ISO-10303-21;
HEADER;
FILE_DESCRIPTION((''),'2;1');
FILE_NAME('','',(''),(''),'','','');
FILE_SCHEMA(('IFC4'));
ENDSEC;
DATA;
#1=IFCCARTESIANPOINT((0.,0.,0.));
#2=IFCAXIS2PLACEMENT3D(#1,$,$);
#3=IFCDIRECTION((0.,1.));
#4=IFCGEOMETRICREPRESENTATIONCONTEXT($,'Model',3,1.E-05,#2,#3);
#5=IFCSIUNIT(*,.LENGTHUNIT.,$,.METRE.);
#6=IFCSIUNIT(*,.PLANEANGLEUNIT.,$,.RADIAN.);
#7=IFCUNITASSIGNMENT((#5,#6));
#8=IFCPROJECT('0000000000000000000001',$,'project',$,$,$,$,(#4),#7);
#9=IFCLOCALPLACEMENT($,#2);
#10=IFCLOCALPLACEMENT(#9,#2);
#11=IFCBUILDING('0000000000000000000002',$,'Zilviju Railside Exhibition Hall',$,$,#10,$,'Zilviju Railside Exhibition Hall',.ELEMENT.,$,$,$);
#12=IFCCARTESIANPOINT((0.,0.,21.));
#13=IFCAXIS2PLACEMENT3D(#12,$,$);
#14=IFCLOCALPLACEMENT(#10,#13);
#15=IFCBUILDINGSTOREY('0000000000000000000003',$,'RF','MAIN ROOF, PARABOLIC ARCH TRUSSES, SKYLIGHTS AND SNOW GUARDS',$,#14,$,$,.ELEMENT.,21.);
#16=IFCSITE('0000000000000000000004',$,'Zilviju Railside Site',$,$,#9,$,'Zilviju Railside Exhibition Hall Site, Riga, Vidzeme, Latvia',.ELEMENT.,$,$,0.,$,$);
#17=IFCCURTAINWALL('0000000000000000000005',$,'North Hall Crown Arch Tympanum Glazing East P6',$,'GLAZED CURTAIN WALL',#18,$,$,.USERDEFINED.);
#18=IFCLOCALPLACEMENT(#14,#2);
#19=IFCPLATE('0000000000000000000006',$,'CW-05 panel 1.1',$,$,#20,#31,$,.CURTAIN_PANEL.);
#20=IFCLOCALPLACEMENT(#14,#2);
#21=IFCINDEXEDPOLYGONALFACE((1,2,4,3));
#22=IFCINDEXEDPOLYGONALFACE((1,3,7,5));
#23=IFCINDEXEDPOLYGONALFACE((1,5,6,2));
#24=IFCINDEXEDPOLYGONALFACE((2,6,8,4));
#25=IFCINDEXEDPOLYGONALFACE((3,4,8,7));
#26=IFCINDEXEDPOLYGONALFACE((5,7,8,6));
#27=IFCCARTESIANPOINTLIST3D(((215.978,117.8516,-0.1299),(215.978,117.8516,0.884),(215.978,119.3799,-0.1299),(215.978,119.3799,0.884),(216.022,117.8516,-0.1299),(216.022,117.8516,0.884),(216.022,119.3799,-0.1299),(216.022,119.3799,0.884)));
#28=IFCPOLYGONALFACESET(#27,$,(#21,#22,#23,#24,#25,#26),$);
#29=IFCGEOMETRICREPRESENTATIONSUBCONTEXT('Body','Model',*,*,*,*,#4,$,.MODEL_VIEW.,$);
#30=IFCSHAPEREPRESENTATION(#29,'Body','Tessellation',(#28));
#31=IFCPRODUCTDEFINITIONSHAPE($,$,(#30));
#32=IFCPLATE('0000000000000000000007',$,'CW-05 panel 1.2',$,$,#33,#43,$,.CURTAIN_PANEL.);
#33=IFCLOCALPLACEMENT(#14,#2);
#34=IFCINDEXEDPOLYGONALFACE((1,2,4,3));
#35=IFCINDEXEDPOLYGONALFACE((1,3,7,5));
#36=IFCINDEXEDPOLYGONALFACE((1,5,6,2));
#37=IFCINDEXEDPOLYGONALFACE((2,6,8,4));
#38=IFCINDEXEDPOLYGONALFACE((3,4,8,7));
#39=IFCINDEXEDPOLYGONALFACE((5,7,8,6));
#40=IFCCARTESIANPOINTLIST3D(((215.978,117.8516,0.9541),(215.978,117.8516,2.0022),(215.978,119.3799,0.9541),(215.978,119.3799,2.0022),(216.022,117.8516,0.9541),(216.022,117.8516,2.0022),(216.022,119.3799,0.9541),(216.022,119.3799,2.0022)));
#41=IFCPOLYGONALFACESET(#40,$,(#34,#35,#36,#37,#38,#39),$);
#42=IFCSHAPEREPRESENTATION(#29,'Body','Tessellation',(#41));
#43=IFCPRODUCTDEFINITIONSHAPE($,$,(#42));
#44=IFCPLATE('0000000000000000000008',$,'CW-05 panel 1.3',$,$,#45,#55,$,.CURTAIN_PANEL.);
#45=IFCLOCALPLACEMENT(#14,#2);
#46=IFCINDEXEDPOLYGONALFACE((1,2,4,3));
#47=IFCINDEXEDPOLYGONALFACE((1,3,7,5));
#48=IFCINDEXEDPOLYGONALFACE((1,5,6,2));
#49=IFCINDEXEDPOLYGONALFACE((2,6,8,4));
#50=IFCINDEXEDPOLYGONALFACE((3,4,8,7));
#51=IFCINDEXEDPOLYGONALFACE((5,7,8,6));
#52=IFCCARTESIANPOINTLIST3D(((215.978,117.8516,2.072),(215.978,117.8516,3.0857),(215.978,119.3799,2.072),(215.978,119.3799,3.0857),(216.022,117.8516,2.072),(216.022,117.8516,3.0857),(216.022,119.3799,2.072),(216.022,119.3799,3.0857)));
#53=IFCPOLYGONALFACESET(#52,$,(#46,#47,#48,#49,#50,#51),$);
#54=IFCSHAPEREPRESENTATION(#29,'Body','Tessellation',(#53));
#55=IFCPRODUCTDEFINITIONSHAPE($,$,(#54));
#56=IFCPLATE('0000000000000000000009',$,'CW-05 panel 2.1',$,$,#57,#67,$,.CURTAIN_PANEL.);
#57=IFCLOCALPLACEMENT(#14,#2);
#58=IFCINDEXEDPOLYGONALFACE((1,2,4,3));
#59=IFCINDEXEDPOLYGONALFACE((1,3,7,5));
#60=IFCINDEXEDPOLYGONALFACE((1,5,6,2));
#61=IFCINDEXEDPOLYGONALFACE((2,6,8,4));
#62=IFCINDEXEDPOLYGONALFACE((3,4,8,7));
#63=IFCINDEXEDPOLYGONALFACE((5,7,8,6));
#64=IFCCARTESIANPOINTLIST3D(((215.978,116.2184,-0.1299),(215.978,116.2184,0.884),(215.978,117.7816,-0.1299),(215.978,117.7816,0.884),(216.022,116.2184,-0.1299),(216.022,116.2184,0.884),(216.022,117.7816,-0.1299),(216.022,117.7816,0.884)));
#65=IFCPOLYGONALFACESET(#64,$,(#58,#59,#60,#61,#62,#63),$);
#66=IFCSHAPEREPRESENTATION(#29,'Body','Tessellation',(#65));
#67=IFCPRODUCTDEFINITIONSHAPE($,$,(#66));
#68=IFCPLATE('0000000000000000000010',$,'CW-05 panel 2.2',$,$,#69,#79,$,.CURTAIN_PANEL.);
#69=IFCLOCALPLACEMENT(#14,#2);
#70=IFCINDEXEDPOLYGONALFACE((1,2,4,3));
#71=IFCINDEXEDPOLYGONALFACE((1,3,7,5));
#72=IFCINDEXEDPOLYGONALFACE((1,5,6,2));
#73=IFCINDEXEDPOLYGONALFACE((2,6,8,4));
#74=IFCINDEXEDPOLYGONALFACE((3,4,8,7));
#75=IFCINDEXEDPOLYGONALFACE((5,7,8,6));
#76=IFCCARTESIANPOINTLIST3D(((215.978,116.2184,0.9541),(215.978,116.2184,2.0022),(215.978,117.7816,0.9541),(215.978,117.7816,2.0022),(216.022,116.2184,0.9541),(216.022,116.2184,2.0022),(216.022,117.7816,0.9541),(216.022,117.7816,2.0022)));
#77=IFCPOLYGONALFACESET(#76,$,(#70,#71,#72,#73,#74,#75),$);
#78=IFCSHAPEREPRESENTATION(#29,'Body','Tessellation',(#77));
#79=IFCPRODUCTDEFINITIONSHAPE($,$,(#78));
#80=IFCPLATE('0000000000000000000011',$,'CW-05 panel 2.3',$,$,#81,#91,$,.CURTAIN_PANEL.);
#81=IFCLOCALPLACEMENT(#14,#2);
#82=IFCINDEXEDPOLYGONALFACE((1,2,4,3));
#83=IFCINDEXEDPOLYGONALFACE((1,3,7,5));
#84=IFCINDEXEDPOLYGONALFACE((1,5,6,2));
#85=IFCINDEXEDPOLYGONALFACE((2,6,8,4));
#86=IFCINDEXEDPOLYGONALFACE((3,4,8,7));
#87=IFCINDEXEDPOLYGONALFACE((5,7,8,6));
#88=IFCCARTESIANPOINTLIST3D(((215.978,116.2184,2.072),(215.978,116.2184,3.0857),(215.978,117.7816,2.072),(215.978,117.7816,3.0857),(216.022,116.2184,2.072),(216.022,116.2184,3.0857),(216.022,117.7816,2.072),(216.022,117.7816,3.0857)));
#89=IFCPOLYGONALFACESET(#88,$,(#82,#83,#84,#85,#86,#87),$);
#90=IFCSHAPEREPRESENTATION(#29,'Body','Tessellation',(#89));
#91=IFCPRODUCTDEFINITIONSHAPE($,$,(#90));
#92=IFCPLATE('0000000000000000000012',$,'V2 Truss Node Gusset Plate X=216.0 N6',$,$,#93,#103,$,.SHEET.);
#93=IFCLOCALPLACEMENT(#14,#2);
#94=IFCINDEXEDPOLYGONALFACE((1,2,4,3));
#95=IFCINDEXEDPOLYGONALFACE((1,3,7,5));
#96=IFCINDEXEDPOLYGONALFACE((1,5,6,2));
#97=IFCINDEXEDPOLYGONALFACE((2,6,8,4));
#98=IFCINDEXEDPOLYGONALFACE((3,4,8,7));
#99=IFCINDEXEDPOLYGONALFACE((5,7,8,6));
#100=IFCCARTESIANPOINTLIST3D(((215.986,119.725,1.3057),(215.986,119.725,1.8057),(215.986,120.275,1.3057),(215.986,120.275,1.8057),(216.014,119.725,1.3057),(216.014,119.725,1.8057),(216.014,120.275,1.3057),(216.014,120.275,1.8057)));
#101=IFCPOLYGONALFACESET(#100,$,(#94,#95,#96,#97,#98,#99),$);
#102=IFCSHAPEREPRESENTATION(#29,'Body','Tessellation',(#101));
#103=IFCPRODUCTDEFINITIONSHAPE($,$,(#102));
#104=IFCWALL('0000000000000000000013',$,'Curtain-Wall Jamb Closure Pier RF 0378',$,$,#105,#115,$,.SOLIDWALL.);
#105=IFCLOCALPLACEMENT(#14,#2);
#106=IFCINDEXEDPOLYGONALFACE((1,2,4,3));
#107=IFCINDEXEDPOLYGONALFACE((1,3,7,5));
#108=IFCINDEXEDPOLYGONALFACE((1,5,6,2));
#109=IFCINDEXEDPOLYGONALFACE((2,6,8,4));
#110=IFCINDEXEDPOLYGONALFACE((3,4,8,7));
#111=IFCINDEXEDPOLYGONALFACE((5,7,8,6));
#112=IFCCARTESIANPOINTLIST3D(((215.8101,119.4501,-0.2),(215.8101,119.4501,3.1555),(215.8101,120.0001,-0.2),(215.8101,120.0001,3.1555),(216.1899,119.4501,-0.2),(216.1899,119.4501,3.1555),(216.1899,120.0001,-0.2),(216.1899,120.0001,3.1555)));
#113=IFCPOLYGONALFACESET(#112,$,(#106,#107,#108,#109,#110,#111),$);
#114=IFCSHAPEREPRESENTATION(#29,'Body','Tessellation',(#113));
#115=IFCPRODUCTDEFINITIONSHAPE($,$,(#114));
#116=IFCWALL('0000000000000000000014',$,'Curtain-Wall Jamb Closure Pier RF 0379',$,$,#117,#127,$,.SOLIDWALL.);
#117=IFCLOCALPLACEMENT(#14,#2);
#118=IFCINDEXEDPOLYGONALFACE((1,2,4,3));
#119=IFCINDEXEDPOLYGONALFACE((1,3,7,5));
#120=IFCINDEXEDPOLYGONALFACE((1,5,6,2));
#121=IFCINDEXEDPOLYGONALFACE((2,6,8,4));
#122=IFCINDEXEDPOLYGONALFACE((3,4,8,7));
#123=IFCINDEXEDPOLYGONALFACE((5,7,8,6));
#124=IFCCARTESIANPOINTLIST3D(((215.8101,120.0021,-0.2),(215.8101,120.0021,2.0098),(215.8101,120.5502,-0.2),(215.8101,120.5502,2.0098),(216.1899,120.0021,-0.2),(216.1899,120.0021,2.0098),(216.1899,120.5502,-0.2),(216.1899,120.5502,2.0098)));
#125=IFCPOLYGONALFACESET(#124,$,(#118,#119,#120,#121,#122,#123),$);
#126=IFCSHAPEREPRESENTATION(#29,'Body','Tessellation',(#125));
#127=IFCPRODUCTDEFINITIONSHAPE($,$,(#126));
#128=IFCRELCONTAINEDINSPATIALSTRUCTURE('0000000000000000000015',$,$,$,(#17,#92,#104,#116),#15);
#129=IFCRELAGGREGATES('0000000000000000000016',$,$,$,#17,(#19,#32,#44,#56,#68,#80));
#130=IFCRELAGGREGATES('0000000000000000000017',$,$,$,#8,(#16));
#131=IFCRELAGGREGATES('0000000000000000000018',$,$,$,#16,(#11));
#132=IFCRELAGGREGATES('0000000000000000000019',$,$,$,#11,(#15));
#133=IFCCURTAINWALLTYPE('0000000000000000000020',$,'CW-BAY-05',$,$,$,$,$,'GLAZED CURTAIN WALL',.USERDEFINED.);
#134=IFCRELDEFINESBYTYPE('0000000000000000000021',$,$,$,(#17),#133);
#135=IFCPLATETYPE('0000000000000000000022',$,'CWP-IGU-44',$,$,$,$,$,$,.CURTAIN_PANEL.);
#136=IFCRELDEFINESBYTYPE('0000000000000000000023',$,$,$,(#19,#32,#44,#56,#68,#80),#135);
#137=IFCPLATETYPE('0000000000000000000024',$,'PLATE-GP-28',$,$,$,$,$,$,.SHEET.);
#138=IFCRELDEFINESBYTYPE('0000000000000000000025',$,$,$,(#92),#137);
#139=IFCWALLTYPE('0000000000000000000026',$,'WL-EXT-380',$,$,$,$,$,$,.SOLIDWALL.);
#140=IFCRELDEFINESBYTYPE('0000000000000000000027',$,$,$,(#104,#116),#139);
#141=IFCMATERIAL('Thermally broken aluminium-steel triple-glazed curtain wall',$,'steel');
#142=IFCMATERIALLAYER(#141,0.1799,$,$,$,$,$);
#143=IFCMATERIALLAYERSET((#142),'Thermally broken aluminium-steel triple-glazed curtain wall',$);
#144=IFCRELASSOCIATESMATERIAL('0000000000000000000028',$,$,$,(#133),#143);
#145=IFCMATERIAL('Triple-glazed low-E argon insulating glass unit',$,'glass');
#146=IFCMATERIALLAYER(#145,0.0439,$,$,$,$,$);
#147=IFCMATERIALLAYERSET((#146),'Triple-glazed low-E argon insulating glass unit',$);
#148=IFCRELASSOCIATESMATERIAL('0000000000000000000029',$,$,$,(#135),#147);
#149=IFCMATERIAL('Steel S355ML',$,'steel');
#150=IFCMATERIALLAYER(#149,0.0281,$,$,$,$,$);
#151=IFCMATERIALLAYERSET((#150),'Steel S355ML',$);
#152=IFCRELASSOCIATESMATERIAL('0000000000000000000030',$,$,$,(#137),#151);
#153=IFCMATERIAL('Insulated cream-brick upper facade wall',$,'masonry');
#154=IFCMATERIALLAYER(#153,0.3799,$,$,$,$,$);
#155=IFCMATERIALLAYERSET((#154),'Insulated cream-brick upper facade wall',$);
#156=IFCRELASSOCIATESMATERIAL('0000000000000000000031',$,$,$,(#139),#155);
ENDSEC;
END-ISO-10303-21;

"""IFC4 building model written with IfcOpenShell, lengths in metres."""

from ifc_helpers import new_model, si_unit, direction, frame, frame_2d, origin, origin_2d, place, context, subcontext, project, spatial, rectangle, extrude, material, layer, layer_set, type_object, element, aggregate, save


model = new_model("IFC4")

# Units and contexts
model_context = context("Model", 3, precision=1e-05, world=origin(), true_north=direction((0.0, 1.0)))
body_context = subcontext(model_context, "Body", "Model", "MODEL_VIEW")
ifc_project = project(units=[si_unit("LENGTHUNIT", "METRE"), si_unit("PLANEANGLEUNIT", "RADIAN")], contexts=[model_context])

# Site, building, storey
site_placement = place(None, origin())
site = spatial("IfcSite", under=ifc_project, at=site_placement, Name="Zilviju Railside Site", LongName="Zilviju Railside Exhibition Hall Site, Riga, Vidzeme, Latvia", CompositionType="ELEMENT", RefElevation=0.0)
building_placement = place(site_placement, origin())
building = spatial("IfcBuilding", under=site, at=building_placement, Name="Zilviju Railside Exhibition Hall", LongName="Zilviju Railside Exhibition Hall", CompositionType="ELEMENT")
storey_placement = place(building_placement, frame((0.0, 0.0, 21.0)))
storey = spatial("IfcBuildingStorey", under=building, at=storey_placement, Name="RF", Description="MAIN ROOF, PARABOLIC ARCH TRUSSES, SKYLIGHTS AND SNOW GUARDS", CompositionType="ELEMENT", Elevation=21.0)

# Curtain wall
ifc_material_1 = material(Name="Thermally broken aluminium-steel triple-glazed curtain wall", Category="steel")
ifc_layer_1 = layer(ifc_material_1, 0.1799)
ifc_layer_set_1 = layer_set([ifc_layer_1], Name="Thermally broken aluminium-steel triple-glazed curtain wall")
curtain_wall_type = type_object("IfcCurtainWallType", Name="CW-BAY-05", ElementType="GLAZED CURTAIN WALL", PredefinedType="USERDEFINED", material=ifc_layer_set_1)
curtain_wall_placement = place(storey_placement, origin())
curtain_wall = element("IfcCurtainWall", 1, at=curtain_wall_placement, inside=storey, type_object=curtain_wall_type, Name="North Hall Crown Arch Tympanum Glazing East P6", ObjectType="GLAZED CURTAIN WALL", PredefinedType="USERDEFINED")

# Shared definitions
ifc_material_2 = material(Name="Steel S355ML", Category="steel")

# Plates
ifc_material_3 = material(Name="Triple-glazed low-E argon insulating glass unit", Category="glass")
ifc_layer_2 = layer(ifc_material_3, 0.0439)
ifc_layer_set_2 = layer_set([ifc_layer_2], Name="Triple-glazed low-E argon insulating glass unit")
plate_type_1 = type_object("IfcPlateType", Name="CWP-IGU-44", PredefinedType="CURTAIN_PANEL", material=ifc_layer_set_2)
plate_1_placement = place(storey_placement, frame((216.0, 118.6157, -0.1299), z_axis=(0.0, 0.0, 1.0), x_axis=(0.0, -1.0, 0.0)))
plate_1 = element("IfcPlate", 2, at=plate_1_placement, type_object=plate_type_1, Name="CW-05 panel 1.1", PredefinedType="CURTAIN_PANEL", context=body_context, shape_type="SweptSolid", body=[
    extrude(rectangle(XDim=1.5283, YDim=0.0439, at=origin_2d()), origin(), (0.0, 0.0, 1.0), 1.0139),
])
plate_2_placement = place(storey_placement, frame((216.0, 118.6157, 0.9541), z_axis=(0.0, 0.0, 1.0), x_axis=(0.0, -1.0, 0.0)))
plate_2 = element("IfcPlate", 3, at=plate_2_placement, type_object=plate_type_1, Name="CW-05 panel 1.2", PredefinedType="CURTAIN_PANEL", context=body_context, shape_type="SweptSolid", body=[
    extrude(rectangle(XDim=1.5283, YDim=0.0439, at=origin_2d()), origin(), (0.0, 0.0, 1.0), 1.0481),
])
plate_3_placement = place(storey_placement, frame((216.0, 118.6157, 2.072), z_axis=(0.0, 0.0, 1.0), x_axis=(0.0, -1.0, 0.0)))
plate_3 = element("IfcPlate", 4, at=plate_3_placement, type_object=plate_type_1, Name="CW-05 panel 1.3", PredefinedType="CURTAIN_PANEL", context=body_context, shape_type="SweptSolid", body=[
    extrude(rectangle(XDim=1.5283, YDim=0.0439, at=origin_2d()), origin(), (0.0, 0.0, 1.0), 1.0137),
])
plate_4_placement = place(storey_placement, frame((216.0, 117.0, -0.1299), z_axis=(0.0, 0.0, 1.0), x_axis=(0.0, -1.0, 0.0)))
plate_4 = element("IfcPlate", 5, at=plate_4_placement, type_object=plate_type_1, Name="CW-05 panel 2.1", PredefinedType="CURTAIN_PANEL", context=body_context, shape_type="SweptSolid", body=[
    extrude(rectangle(XDim=1.5632, YDim=0.0439, at=origin_2d()), origin(), (0.0, 0.0, 1.0), 1.0139),
])
plate_5_placement = place(storey_placement, frame((216.0, 117.0, 0.9541), z_axis=(0.0, 0.0, 1.0), x_axis=(0.0, -1.0, 0.0)))
plate_5 = element("IfcPlate", 6, at=plate_5_placement, type_object=plate_type_1, Name="CW-05 panel 2.2", PredefinedType="CURTAIN_PANEL", context=body_context, shape_type="SweptSolid", body=[
    extrude(rectangle(XDim=1.5632, YDim=0.0439, at=origin_2d()), origin(), (0.0, 0.0, 1.0), 1.0481),
])
plate_6_placement = place(storey_placement, frame((216.0, 117.0, 2.072), z_axis=(0.0, 0.0, 1.0), x_axis=(0.0, -1.0, 0.0)))
plate_6 = element("IfcPlate", 7, at=plate_6_placement, type_object=plate_type_1, Name="CW-05 panel 2.3", PredefinedType="CURTAIN_PANEL", context=body_context, shape_type="SweptSolid", body=[
    extrude(rectangle(XDim=1.5632, YDim=0.0439, at=origin_2d()), origin(), (0.0, 0.0, 1.0), 1.0137),
])
aggregate(curtain_wall, [plate_1, plate_2, plate_3, plate_4, plate_5, plate_6])
ifc_layer_3 = layer(ifc_material_2, 0.0281)
ifc_layer_set_3 = layer_set([ifc_layer_3], Name="Steel S355ML")
plate_type_2 = type_object("IfcPlateType", Name="PLATE-GP-28", PredefinedType="SHEET", material=ifc_layer_set_3)
plate_7_placement = place(storey_placement, frame((216.0, 120.0, 1.3057), z_axis=(0.0, 0.0, 1.0), x_axis=(1.0, 0.0, 0.0)))
element("IfcPlate", 8, at=plate_7_placement, inside=storey, type_object=plate_type_2, Name="V2 Truss Node Gusset Plate X=216.0 N6", PredefinedType="SHEET", context=body_context, shape_type="SweptSolid", body=[
    extrude(rectangle(XDim=0.0281, YDim=0.55, at=origin_2d()), origin(), (0.0, 0.0, 1.0), 0.5),
])

# Walls
ifc_material_4 = material(Name="Insulated cream-brick upper facade wall", Category="masonry")
ifc_layer_4 = layer(ifc_material_4, 0.3799)
ifc_layer_set_4 = layer_set([ifc_layer_4], Name="Insulated cream-brick upper facade wall")
wall_type = type_object("IfcWallType", Name="WL-EXT-380", PredefinedType="SOLIDWALL", material=ifc_layer_set_4)
wall_1_placement = place(storey_placement, frame((216.0, 120.0, -0.2), z_axis=(0.0, 0.0, 1.0), x_axis=(0.0, -1.0, 0.0)))
element("IfcWall", 9, at=wall_1_placement, inside=storey, type_object=wall_type, Name="Curtain-Wall Jamb Closure Pier RF 0378", PredefinedType="SOLIDWALL", context=body_context, shape_type="SweptSolid", body=[
    extrude(rectangle(XDim=0.55, YDim=0.3799, at=frame_2d((0.2749, 0.0))), origin(), (0.0, 0.0, 1.0), 3.3555),
])
wall_2_placement = place(storey_placement, frame((216.0, 120.55, -0.2), z_axis=(0.0, 0.0, 1.0), x_axis=(0.0, -1.0, 0.0)))
element("IfcWall", 10, at=wall_2_placement, inside=storey, type_object=wall_type, Name="Curtain-Wall Jamb Closure Pier RF 0379", PredefinedType="SOLIDWALL", context=body_context, shape_type="SweptSolid", body=[
    extrude(rectangle(XDim=0.5481, YDim=0.3799, at=frame_2d((0.2739, 0.0))), origin(), (0.0, 0.0, 1.0), 2.2097),
])

save(model, "model.ifc")
